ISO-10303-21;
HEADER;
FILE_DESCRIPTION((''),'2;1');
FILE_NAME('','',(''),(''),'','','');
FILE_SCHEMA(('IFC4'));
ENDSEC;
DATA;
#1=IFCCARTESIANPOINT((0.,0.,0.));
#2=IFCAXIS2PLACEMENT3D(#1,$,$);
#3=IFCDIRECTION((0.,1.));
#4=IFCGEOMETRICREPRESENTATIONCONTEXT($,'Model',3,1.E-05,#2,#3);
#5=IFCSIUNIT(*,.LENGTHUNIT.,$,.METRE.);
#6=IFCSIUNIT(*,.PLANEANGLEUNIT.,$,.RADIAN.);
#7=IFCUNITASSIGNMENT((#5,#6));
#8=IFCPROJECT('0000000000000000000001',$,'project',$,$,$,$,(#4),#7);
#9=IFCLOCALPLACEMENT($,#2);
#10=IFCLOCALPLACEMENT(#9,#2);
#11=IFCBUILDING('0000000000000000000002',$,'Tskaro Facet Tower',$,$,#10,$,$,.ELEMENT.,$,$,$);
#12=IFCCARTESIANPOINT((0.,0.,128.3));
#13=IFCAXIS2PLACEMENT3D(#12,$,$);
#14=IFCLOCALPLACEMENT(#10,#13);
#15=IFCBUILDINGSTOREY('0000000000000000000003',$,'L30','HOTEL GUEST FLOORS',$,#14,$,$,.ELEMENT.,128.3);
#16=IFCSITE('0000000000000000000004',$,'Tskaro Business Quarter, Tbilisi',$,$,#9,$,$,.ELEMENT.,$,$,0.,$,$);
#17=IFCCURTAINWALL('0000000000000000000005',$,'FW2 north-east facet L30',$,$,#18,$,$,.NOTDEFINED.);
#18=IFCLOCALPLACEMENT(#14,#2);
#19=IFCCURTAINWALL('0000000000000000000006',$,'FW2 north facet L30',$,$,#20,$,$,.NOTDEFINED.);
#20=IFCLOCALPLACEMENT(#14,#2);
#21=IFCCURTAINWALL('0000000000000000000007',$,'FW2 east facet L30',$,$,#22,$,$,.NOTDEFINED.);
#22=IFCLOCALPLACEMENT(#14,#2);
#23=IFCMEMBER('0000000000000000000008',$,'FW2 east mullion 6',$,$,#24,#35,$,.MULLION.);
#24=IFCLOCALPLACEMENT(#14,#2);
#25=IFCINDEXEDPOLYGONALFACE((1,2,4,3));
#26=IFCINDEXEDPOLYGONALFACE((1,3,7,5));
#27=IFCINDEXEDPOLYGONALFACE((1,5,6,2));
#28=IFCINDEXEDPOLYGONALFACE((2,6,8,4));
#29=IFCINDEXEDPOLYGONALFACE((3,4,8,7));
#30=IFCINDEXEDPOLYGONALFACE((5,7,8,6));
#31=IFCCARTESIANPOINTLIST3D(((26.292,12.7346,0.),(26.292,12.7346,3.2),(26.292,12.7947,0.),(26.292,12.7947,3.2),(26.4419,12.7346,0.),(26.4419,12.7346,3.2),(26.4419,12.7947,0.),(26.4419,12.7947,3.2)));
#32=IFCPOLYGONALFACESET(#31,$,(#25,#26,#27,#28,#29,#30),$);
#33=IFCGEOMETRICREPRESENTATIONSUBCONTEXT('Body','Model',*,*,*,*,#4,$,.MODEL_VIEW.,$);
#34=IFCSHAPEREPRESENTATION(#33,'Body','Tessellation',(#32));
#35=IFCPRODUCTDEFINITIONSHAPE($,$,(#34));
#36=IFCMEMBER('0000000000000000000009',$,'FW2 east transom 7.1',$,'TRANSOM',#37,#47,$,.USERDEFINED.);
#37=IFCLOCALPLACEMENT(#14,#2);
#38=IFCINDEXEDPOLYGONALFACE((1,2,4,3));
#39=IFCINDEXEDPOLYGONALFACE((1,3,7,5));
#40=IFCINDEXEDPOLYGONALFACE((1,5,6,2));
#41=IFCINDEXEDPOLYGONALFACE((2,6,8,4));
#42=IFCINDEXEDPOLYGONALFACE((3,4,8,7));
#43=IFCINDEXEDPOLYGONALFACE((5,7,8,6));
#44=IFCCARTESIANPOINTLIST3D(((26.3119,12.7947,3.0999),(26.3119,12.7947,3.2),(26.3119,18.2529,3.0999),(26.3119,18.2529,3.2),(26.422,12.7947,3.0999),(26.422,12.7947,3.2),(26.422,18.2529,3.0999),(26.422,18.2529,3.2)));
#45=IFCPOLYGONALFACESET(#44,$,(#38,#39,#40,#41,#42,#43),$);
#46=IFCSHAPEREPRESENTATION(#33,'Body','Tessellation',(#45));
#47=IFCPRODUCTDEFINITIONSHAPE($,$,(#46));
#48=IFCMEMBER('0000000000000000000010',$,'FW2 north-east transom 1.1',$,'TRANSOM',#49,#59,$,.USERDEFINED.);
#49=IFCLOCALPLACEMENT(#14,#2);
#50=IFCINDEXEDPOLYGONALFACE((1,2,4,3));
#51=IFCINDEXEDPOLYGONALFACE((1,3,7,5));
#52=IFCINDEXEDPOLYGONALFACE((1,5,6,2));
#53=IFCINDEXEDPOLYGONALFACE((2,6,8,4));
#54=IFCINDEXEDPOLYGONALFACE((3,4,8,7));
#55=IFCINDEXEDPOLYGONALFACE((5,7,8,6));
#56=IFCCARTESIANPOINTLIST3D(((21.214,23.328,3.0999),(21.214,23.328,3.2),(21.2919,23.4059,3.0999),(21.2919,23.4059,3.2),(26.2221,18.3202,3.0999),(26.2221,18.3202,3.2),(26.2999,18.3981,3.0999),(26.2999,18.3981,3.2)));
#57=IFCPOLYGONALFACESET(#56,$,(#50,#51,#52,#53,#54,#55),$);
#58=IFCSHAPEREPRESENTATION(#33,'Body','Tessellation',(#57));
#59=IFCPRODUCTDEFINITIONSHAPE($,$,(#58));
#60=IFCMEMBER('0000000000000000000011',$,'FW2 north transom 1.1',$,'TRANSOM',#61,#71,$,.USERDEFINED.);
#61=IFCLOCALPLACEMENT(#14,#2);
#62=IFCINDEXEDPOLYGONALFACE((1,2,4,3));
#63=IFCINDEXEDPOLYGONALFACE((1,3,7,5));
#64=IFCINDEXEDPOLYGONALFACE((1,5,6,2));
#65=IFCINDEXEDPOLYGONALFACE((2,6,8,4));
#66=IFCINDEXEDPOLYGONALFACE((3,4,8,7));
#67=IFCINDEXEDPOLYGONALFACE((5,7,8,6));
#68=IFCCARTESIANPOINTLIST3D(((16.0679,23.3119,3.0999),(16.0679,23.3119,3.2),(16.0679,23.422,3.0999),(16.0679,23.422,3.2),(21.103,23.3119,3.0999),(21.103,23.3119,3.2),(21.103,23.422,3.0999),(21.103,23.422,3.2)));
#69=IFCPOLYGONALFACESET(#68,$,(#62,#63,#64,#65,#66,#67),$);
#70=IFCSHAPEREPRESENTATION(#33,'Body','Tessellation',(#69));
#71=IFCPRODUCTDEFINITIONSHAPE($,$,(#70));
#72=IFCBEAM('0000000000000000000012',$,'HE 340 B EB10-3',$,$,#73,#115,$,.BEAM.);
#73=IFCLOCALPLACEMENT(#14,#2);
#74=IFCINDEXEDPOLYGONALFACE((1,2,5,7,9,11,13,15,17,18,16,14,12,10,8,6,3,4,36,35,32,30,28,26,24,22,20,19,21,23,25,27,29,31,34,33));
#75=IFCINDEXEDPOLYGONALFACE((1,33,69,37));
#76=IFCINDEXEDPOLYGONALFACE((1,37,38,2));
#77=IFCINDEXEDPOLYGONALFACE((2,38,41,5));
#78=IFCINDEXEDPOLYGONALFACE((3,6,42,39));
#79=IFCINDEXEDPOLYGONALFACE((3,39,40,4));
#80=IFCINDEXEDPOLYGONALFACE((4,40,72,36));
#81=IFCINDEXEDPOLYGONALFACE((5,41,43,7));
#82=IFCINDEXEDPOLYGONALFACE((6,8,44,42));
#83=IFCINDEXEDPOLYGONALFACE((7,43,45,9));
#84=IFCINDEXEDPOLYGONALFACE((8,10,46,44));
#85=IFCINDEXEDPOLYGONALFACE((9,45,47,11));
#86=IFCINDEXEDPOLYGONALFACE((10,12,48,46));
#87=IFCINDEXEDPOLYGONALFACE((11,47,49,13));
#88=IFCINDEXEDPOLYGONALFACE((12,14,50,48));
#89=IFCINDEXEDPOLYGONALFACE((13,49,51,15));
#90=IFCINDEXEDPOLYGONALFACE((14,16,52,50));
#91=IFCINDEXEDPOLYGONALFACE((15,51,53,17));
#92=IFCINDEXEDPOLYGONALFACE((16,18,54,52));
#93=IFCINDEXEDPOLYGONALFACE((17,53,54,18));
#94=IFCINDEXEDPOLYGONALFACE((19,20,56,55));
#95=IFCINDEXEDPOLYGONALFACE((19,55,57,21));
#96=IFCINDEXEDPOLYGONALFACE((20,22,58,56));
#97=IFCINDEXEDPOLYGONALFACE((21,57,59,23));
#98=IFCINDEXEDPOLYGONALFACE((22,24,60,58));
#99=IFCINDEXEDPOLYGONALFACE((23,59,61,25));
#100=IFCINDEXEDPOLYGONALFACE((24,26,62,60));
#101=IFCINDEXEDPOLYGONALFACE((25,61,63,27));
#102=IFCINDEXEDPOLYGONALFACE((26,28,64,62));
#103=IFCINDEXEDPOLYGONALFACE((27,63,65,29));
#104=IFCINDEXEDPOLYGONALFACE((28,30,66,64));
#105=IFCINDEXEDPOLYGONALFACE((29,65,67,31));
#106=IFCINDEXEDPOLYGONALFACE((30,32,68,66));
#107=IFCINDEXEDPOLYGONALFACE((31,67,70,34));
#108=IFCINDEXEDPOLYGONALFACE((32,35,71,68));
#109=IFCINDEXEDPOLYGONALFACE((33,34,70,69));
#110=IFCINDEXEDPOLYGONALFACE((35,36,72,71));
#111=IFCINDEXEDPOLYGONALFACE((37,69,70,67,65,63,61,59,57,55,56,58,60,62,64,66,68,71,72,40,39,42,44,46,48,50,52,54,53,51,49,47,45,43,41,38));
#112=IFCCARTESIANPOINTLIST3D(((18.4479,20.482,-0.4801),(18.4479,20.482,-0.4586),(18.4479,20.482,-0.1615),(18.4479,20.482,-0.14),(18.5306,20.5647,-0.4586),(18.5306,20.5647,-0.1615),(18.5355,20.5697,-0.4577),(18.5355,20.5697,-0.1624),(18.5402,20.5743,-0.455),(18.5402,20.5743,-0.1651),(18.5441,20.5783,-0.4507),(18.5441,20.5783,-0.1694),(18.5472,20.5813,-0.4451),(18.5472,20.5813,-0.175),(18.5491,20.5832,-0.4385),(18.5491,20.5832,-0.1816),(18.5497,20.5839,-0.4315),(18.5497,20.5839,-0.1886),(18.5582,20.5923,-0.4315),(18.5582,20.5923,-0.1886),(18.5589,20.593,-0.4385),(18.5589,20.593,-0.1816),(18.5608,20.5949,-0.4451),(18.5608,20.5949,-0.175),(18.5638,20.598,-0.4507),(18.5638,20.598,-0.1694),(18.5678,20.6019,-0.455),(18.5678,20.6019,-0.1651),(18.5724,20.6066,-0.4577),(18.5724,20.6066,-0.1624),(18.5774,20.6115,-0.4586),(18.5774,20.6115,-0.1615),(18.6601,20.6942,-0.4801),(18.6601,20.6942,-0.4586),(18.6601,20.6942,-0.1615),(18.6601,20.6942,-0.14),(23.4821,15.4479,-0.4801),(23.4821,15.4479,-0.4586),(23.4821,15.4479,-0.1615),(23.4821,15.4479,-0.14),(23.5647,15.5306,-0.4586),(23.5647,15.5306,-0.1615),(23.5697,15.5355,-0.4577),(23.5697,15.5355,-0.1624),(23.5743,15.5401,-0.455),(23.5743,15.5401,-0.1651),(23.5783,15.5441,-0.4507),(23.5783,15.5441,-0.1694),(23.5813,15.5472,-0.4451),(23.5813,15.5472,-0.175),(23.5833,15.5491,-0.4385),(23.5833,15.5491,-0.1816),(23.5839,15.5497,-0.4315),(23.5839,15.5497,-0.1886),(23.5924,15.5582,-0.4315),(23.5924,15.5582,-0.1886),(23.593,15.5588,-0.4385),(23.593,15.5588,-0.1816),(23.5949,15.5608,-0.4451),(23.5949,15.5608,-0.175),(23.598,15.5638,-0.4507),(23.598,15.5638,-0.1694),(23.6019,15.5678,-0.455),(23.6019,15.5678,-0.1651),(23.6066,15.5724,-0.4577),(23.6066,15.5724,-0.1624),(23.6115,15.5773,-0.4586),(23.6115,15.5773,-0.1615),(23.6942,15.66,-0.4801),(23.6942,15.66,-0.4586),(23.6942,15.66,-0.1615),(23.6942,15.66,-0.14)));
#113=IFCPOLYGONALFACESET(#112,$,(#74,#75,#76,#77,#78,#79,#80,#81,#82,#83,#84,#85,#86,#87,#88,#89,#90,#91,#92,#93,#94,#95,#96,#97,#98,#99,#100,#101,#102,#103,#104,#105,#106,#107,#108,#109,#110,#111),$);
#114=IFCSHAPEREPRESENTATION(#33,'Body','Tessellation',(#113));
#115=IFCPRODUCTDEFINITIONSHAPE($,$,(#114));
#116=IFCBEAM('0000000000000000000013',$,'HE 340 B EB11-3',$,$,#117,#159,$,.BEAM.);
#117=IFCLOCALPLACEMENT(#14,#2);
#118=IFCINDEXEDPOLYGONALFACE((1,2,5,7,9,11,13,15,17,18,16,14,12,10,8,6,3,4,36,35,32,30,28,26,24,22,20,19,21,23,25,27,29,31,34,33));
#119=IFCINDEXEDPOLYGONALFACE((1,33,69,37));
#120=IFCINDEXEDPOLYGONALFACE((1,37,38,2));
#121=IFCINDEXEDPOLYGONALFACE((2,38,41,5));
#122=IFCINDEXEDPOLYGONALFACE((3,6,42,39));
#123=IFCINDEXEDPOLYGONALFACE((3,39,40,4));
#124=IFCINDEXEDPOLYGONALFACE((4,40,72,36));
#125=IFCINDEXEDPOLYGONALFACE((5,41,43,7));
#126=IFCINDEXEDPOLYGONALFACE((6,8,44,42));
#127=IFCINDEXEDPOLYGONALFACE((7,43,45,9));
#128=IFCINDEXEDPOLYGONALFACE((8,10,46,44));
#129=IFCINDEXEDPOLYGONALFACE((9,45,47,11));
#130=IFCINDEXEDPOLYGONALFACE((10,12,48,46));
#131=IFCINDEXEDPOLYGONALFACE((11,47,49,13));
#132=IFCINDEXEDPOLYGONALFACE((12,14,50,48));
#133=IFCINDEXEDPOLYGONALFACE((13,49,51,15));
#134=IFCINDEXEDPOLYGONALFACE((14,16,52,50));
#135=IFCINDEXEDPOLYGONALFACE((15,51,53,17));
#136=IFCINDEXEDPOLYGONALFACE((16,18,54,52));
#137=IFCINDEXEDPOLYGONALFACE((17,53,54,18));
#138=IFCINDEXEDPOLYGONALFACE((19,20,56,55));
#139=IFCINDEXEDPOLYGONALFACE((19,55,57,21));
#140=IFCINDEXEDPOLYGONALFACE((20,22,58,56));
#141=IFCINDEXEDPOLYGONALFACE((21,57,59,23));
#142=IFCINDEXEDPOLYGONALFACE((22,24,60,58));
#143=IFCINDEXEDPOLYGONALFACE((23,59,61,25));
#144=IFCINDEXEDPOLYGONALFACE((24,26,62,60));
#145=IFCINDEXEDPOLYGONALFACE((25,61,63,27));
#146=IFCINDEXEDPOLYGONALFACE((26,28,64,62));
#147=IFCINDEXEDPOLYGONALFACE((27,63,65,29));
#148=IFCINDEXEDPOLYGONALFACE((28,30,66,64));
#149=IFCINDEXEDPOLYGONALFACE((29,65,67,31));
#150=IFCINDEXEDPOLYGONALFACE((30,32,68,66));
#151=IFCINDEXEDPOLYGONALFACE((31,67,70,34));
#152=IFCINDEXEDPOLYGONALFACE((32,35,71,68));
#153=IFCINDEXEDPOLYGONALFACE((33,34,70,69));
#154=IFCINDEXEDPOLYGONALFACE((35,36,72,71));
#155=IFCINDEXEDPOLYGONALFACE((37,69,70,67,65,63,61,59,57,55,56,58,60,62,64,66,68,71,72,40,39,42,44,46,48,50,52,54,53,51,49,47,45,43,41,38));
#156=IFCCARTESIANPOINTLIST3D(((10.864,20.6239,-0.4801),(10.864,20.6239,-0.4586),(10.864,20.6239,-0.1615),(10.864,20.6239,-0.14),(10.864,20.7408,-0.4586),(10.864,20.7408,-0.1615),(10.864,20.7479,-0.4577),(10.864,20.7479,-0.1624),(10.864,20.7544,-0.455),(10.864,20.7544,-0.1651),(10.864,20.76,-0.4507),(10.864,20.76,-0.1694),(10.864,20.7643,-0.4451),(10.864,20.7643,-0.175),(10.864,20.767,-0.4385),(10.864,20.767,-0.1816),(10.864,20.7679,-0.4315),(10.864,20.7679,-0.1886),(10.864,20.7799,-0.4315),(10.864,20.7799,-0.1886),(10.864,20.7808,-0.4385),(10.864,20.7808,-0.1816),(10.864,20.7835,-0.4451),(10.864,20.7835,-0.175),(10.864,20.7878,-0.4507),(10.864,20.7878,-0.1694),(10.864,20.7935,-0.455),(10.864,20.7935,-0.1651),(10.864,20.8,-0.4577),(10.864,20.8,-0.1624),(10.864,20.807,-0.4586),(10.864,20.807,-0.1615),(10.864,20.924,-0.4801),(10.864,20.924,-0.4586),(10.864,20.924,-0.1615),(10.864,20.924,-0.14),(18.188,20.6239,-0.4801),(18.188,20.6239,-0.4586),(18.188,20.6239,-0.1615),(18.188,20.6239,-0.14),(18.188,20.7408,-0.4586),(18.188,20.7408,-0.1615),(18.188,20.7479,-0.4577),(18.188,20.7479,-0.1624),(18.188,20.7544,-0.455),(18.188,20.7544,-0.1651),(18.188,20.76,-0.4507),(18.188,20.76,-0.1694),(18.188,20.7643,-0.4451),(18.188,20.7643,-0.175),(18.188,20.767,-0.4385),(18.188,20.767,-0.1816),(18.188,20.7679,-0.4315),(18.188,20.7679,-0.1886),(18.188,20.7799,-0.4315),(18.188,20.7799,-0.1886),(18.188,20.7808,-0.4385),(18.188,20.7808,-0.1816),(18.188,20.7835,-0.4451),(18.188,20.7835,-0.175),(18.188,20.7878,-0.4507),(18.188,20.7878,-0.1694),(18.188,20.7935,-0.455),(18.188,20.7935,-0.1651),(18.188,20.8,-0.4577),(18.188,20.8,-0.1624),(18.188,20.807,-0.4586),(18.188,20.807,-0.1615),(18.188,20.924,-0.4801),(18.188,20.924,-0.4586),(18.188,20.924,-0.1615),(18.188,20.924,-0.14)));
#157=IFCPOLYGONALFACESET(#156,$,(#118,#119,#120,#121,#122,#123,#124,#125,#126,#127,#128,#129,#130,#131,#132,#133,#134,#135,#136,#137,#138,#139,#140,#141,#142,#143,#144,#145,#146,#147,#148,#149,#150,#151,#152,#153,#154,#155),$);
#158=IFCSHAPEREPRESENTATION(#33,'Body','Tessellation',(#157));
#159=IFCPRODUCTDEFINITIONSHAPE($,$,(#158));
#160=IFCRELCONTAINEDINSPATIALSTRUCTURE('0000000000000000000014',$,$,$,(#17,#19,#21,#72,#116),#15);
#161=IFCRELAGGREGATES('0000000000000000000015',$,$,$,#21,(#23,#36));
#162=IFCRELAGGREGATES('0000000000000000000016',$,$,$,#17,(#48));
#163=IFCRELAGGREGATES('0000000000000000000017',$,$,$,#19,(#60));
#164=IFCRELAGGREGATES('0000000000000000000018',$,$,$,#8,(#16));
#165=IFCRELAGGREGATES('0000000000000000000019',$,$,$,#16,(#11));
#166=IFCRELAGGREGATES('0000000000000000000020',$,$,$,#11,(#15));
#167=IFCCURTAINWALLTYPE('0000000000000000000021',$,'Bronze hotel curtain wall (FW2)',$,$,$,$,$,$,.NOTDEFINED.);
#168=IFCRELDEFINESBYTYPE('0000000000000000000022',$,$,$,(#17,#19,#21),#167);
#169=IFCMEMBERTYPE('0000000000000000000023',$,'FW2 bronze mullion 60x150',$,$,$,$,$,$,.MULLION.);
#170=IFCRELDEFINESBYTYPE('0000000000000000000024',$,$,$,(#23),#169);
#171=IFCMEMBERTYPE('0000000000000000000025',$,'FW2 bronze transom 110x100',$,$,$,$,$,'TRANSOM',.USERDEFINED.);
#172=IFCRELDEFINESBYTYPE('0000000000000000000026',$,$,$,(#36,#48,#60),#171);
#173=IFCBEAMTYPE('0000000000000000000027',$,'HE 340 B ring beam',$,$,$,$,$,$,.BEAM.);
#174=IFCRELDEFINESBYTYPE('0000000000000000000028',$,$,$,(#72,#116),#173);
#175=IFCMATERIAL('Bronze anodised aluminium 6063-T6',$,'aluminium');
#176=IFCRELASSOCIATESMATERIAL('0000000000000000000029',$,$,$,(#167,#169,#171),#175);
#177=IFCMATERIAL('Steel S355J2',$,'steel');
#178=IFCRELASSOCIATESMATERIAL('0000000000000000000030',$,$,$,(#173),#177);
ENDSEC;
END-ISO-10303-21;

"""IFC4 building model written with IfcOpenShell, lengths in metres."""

from ifc_helpers import new_model, si_unit, direction, frame, origin, origin_2d, place, context, subcontext, project, spatial, rectangle, i_section, extrude, material, material_profile, profile_set, type_object, element, aggregate, save


model = new_model("IFC4")

# Units and contexts
model_context = context("Model", 3, precision=1e-05, world=origin(), true_north=direction((0.0, 1.0)))
body_context = subcontext(model_context, "Body", "Model", "MODEL_VIEW")
ifc_project = project(units=[si_unit("LENGTHUNIT", "METRE"), si_unit("PLANEANGLEUNIT", "RADIAN")], contexts=[model_context])

# Site, building, storey
site_placement = place(None, origin())
site = spatial("IfcSite", under=ifc_project, at=site_placement, Name="Tskaro Business Quarter, Tbilisi", CompositionType="ELEMENT", RefElevation=0.0)
building_placement = place(site_placement, origin())
building = spatial("IfcBuilding", under=site, at=building_placement, Name="Tskaro Facet Tower", CompositionType="ELEMENT")
storey_placement = place(building_placement, frame((0.0, 0.0, 128.3)))
storey = spatial("IfcBuildingStorey", under=building, at=storey_placement, Name="L30", Description="HOTEL GUEST FLOORS", CompositionType="ELEMENT", Elevation=128.3)

# Curtain walls
ifc_material_1 = material(Name="Bronze anodised aluminium 6063-T6", Category="aluminium")
curtain_wall_type = type_object("IfcCurtainWallType", Name="Bronze hotel curtain wall (FW2)", PredefinedType="NOTDEFINED", material=ifc_material_1)
curtain_wall_1_placement = place(storey_placement, origin())
curtain_wall_1 = element("IfcCurtainWall", 1, at=curtain_wall_1_placement, inside=storey, type_object=curtain_wall_type, Name="FW2 north-east facet L30", PredefinedType="NOTDEFINED")
curtain_wall_2_placement = place(storey_placement, origin())
curtain_wall_2 = element("IfcCurtainWall", 2, at=curtain_wall_2_placement, inside=storey, type_object=curtain_wall_type, Name="FW2 north facet L30", PredefinedType="NOTDEFINED")

# Curtain wall, members
curtain_wall_3_placement = place(storey_placement, origin())
curtain_wall_3 = element("IfcCurtainWall", 3, at=curtain_wall_3_placement, inside=storey, type_object=curtain_wall_type, Name="FW2 east facet L30", PredefinedType="NOTDEFINED")
ifc_material_profile_1 = material_profile(ifc_material_1, rectangle(XDim=0.0601, YDim=0.1499, at=origin_2d()), Name="Mullion 60x150")
ifc_profile_set_1 = profile_set([ifc_material_profile_1], Name="Bronze anodised aluminium 6063-T6")
member_type_1 = type_object("IfcMemberType", Name="FW2 bronze mullion 60x150", PredefinedType="MULLION", material=ifc_profile_set_1)
member_1_placement = place(storey_placement, frame((26.3669, 12.7646, 0.0), z_axis=(0.0, 0.0, 1.0), x_axis=(0.0, 1.0, 0.0)))
member_1 = element("IfcMember", 4, at=member_1_placement, type_object=member_type_1, Name="FW2 east mullion 6", PredefinedType="MULLION", context=body_context, shape_type="SweptSolid", body=[
    extrude(rectangle(XDim=0.0601, YDim=0.1499, at=origin_2d()), origin(), (0.0, 0.0, 1.0), 3.2),
])
ifc_material_profile_2 = material_profile(ifc_material_1, rectangle(XDim=0.1101, YDim=0.1001, at=origin_2d()), Name="Transom 110x100")
ifc_profile_set_2 = profile_set([ifc_material_profile_2], Name="Bronze anodised aluminium 6063-T6")
member_type_2 = type_object("IfcMemberType", Name="FW2 bronze transom 110x100", ElementType="TRANSOM", PredefinedType="USERDEFINED", material=ifc_profile_set_2)
member_2_placement = place(storey_placement, frame((26.3669, 12.7947, 3.1499), z_axis=(0.0, 1.0, 0.0), x_axis=(-1.0, 0.0, 0.0)))
member_2 = element("IfcMember", 5, at=member_2_placement, type_object=member_type_2, Name="FW2 east transom 7.1", ObjectType="TRANSOM", PredefinedType="USERDEFINED", context=body_context, shape_type="SweptSolid", body=[
    extrude(rectangle(XDim=0.1101, YDim=0.1001, at=origin_2d()), origin(), (0.0, 0.0, 1.0), 5.4583),
])

# Members
member_3_placement = place(storey_placement, frame((26.261, 18.3591, 3.1499), z_axis=(-0.707124, 0.70709, 0.0), x_axis=(-0.70709, -0.707124, 0.0)))
member_3 = element("IfcMember", 6, at=member_3_placement, type_object=member_type_2, Name="FW2 north-east transom 1.1", ObjectType="TRANSOM", PredefinedType="USERDEFINED", context=body_context, shape_type="SweptSolid", body=[
    extrude(rectangle(XDim=0.1101, YDim=0.1001, at=origin_2d()), origin(), (0.0, 0.0, 1.0), 7.0823),
])
member_4_placement = place(storey_placement, frame((21.103, 23.3669, 3.1499), z_axis=(-1.0, 0.0, 0.0), x_axis=(0.0, -1.0, 0.0)))
member_4 = element("IfcMember", 7, at=member_4_placement, type_object=member_type_2, Name="FW2 north transom 1.1", ObjectType="TRANSOM", PredefinedType="USERDEFINED", context=body_context, shape_type="SweptSolid", body=[
    extrude(rectangle(XDim=0.1101, YDim=0.1001, at=origin_2d()), origin(), (0.0, 0.0, 1.0), 5.0352),
])

# Beams
ifc_material_2 = material(Name="Steel S355J2", Category="steel")
ifc_material_profile_3 = material_profile(ifc_material_2, i_section(OverallWidth=0.3, OverallDepth=0.3401, WebThickness=0.012, FlangeThickness=0.0215, FilletRadius=0.0271, at=origin_2d()), Name="HE 340 B")
ifc_profile_set_3 = profile_set([ifc_material_profile_3], Name="Steel S355J2")
beam_type_1 = type_object("IfcBeamType", Name="HE 340 B ring beam", PredefinedType="BEAM", material=ifc_profile_set_3)
beam_1_placement = place(storey_placement, frame((23.5881, 15.554, -0.3101), z_axis=(-0.707107, 0.707107, 0.0), x_axis=(-0.707107, -0.707107, 0.0)))
element("IfcBeam", 8, at=beam_1_placement, inside=storey, type_object=beam_type_1, Name="HE 340 B EB10-3", PredefinedType="BEAM", context=body_context, shape_type="SweptSolid", body=[
    extrude(i_section(OverallWidth=0.3, OverallDepth=0.3401, WebThickness=0.012, FlangeThickness=0.0215, FilletRadius=0.0271, at=origin_2d()), origin(), (0.0, 0.0, 1.0), 7.1194),
])
beam_2_placement = place(storey_placement, frame((18.188, 20.7739, -0.3101), z_axis=(-1.0, 0.0, 0.0), x_axis=(0.0, -1.0, 0.0)))
element("IfcBeam", 9, at=beam_2_placement, inside=storey, type_object=beam_type_1, Name="HE 340 B EB11-3", PredefinedType="BEAM", context=body_context, shape_type="SweptSolid", body=[
    extrude(i_section(OverallWidth=0.3, OverallDepth=0.3401, WebThickness=0.012, FlangeThickness=0.0215, FilletRadius=0.0271, at=origin_2d()), origin(), (0.0, 0.0, 1.0), 7.324),
])

aggregate(curtain_wall_3, [member_1, member_2])
aggregate(curtain_wall_1, [member_3])
aggregate(curtain_wall_2, [member_4])

save(model, "model.ifc")
